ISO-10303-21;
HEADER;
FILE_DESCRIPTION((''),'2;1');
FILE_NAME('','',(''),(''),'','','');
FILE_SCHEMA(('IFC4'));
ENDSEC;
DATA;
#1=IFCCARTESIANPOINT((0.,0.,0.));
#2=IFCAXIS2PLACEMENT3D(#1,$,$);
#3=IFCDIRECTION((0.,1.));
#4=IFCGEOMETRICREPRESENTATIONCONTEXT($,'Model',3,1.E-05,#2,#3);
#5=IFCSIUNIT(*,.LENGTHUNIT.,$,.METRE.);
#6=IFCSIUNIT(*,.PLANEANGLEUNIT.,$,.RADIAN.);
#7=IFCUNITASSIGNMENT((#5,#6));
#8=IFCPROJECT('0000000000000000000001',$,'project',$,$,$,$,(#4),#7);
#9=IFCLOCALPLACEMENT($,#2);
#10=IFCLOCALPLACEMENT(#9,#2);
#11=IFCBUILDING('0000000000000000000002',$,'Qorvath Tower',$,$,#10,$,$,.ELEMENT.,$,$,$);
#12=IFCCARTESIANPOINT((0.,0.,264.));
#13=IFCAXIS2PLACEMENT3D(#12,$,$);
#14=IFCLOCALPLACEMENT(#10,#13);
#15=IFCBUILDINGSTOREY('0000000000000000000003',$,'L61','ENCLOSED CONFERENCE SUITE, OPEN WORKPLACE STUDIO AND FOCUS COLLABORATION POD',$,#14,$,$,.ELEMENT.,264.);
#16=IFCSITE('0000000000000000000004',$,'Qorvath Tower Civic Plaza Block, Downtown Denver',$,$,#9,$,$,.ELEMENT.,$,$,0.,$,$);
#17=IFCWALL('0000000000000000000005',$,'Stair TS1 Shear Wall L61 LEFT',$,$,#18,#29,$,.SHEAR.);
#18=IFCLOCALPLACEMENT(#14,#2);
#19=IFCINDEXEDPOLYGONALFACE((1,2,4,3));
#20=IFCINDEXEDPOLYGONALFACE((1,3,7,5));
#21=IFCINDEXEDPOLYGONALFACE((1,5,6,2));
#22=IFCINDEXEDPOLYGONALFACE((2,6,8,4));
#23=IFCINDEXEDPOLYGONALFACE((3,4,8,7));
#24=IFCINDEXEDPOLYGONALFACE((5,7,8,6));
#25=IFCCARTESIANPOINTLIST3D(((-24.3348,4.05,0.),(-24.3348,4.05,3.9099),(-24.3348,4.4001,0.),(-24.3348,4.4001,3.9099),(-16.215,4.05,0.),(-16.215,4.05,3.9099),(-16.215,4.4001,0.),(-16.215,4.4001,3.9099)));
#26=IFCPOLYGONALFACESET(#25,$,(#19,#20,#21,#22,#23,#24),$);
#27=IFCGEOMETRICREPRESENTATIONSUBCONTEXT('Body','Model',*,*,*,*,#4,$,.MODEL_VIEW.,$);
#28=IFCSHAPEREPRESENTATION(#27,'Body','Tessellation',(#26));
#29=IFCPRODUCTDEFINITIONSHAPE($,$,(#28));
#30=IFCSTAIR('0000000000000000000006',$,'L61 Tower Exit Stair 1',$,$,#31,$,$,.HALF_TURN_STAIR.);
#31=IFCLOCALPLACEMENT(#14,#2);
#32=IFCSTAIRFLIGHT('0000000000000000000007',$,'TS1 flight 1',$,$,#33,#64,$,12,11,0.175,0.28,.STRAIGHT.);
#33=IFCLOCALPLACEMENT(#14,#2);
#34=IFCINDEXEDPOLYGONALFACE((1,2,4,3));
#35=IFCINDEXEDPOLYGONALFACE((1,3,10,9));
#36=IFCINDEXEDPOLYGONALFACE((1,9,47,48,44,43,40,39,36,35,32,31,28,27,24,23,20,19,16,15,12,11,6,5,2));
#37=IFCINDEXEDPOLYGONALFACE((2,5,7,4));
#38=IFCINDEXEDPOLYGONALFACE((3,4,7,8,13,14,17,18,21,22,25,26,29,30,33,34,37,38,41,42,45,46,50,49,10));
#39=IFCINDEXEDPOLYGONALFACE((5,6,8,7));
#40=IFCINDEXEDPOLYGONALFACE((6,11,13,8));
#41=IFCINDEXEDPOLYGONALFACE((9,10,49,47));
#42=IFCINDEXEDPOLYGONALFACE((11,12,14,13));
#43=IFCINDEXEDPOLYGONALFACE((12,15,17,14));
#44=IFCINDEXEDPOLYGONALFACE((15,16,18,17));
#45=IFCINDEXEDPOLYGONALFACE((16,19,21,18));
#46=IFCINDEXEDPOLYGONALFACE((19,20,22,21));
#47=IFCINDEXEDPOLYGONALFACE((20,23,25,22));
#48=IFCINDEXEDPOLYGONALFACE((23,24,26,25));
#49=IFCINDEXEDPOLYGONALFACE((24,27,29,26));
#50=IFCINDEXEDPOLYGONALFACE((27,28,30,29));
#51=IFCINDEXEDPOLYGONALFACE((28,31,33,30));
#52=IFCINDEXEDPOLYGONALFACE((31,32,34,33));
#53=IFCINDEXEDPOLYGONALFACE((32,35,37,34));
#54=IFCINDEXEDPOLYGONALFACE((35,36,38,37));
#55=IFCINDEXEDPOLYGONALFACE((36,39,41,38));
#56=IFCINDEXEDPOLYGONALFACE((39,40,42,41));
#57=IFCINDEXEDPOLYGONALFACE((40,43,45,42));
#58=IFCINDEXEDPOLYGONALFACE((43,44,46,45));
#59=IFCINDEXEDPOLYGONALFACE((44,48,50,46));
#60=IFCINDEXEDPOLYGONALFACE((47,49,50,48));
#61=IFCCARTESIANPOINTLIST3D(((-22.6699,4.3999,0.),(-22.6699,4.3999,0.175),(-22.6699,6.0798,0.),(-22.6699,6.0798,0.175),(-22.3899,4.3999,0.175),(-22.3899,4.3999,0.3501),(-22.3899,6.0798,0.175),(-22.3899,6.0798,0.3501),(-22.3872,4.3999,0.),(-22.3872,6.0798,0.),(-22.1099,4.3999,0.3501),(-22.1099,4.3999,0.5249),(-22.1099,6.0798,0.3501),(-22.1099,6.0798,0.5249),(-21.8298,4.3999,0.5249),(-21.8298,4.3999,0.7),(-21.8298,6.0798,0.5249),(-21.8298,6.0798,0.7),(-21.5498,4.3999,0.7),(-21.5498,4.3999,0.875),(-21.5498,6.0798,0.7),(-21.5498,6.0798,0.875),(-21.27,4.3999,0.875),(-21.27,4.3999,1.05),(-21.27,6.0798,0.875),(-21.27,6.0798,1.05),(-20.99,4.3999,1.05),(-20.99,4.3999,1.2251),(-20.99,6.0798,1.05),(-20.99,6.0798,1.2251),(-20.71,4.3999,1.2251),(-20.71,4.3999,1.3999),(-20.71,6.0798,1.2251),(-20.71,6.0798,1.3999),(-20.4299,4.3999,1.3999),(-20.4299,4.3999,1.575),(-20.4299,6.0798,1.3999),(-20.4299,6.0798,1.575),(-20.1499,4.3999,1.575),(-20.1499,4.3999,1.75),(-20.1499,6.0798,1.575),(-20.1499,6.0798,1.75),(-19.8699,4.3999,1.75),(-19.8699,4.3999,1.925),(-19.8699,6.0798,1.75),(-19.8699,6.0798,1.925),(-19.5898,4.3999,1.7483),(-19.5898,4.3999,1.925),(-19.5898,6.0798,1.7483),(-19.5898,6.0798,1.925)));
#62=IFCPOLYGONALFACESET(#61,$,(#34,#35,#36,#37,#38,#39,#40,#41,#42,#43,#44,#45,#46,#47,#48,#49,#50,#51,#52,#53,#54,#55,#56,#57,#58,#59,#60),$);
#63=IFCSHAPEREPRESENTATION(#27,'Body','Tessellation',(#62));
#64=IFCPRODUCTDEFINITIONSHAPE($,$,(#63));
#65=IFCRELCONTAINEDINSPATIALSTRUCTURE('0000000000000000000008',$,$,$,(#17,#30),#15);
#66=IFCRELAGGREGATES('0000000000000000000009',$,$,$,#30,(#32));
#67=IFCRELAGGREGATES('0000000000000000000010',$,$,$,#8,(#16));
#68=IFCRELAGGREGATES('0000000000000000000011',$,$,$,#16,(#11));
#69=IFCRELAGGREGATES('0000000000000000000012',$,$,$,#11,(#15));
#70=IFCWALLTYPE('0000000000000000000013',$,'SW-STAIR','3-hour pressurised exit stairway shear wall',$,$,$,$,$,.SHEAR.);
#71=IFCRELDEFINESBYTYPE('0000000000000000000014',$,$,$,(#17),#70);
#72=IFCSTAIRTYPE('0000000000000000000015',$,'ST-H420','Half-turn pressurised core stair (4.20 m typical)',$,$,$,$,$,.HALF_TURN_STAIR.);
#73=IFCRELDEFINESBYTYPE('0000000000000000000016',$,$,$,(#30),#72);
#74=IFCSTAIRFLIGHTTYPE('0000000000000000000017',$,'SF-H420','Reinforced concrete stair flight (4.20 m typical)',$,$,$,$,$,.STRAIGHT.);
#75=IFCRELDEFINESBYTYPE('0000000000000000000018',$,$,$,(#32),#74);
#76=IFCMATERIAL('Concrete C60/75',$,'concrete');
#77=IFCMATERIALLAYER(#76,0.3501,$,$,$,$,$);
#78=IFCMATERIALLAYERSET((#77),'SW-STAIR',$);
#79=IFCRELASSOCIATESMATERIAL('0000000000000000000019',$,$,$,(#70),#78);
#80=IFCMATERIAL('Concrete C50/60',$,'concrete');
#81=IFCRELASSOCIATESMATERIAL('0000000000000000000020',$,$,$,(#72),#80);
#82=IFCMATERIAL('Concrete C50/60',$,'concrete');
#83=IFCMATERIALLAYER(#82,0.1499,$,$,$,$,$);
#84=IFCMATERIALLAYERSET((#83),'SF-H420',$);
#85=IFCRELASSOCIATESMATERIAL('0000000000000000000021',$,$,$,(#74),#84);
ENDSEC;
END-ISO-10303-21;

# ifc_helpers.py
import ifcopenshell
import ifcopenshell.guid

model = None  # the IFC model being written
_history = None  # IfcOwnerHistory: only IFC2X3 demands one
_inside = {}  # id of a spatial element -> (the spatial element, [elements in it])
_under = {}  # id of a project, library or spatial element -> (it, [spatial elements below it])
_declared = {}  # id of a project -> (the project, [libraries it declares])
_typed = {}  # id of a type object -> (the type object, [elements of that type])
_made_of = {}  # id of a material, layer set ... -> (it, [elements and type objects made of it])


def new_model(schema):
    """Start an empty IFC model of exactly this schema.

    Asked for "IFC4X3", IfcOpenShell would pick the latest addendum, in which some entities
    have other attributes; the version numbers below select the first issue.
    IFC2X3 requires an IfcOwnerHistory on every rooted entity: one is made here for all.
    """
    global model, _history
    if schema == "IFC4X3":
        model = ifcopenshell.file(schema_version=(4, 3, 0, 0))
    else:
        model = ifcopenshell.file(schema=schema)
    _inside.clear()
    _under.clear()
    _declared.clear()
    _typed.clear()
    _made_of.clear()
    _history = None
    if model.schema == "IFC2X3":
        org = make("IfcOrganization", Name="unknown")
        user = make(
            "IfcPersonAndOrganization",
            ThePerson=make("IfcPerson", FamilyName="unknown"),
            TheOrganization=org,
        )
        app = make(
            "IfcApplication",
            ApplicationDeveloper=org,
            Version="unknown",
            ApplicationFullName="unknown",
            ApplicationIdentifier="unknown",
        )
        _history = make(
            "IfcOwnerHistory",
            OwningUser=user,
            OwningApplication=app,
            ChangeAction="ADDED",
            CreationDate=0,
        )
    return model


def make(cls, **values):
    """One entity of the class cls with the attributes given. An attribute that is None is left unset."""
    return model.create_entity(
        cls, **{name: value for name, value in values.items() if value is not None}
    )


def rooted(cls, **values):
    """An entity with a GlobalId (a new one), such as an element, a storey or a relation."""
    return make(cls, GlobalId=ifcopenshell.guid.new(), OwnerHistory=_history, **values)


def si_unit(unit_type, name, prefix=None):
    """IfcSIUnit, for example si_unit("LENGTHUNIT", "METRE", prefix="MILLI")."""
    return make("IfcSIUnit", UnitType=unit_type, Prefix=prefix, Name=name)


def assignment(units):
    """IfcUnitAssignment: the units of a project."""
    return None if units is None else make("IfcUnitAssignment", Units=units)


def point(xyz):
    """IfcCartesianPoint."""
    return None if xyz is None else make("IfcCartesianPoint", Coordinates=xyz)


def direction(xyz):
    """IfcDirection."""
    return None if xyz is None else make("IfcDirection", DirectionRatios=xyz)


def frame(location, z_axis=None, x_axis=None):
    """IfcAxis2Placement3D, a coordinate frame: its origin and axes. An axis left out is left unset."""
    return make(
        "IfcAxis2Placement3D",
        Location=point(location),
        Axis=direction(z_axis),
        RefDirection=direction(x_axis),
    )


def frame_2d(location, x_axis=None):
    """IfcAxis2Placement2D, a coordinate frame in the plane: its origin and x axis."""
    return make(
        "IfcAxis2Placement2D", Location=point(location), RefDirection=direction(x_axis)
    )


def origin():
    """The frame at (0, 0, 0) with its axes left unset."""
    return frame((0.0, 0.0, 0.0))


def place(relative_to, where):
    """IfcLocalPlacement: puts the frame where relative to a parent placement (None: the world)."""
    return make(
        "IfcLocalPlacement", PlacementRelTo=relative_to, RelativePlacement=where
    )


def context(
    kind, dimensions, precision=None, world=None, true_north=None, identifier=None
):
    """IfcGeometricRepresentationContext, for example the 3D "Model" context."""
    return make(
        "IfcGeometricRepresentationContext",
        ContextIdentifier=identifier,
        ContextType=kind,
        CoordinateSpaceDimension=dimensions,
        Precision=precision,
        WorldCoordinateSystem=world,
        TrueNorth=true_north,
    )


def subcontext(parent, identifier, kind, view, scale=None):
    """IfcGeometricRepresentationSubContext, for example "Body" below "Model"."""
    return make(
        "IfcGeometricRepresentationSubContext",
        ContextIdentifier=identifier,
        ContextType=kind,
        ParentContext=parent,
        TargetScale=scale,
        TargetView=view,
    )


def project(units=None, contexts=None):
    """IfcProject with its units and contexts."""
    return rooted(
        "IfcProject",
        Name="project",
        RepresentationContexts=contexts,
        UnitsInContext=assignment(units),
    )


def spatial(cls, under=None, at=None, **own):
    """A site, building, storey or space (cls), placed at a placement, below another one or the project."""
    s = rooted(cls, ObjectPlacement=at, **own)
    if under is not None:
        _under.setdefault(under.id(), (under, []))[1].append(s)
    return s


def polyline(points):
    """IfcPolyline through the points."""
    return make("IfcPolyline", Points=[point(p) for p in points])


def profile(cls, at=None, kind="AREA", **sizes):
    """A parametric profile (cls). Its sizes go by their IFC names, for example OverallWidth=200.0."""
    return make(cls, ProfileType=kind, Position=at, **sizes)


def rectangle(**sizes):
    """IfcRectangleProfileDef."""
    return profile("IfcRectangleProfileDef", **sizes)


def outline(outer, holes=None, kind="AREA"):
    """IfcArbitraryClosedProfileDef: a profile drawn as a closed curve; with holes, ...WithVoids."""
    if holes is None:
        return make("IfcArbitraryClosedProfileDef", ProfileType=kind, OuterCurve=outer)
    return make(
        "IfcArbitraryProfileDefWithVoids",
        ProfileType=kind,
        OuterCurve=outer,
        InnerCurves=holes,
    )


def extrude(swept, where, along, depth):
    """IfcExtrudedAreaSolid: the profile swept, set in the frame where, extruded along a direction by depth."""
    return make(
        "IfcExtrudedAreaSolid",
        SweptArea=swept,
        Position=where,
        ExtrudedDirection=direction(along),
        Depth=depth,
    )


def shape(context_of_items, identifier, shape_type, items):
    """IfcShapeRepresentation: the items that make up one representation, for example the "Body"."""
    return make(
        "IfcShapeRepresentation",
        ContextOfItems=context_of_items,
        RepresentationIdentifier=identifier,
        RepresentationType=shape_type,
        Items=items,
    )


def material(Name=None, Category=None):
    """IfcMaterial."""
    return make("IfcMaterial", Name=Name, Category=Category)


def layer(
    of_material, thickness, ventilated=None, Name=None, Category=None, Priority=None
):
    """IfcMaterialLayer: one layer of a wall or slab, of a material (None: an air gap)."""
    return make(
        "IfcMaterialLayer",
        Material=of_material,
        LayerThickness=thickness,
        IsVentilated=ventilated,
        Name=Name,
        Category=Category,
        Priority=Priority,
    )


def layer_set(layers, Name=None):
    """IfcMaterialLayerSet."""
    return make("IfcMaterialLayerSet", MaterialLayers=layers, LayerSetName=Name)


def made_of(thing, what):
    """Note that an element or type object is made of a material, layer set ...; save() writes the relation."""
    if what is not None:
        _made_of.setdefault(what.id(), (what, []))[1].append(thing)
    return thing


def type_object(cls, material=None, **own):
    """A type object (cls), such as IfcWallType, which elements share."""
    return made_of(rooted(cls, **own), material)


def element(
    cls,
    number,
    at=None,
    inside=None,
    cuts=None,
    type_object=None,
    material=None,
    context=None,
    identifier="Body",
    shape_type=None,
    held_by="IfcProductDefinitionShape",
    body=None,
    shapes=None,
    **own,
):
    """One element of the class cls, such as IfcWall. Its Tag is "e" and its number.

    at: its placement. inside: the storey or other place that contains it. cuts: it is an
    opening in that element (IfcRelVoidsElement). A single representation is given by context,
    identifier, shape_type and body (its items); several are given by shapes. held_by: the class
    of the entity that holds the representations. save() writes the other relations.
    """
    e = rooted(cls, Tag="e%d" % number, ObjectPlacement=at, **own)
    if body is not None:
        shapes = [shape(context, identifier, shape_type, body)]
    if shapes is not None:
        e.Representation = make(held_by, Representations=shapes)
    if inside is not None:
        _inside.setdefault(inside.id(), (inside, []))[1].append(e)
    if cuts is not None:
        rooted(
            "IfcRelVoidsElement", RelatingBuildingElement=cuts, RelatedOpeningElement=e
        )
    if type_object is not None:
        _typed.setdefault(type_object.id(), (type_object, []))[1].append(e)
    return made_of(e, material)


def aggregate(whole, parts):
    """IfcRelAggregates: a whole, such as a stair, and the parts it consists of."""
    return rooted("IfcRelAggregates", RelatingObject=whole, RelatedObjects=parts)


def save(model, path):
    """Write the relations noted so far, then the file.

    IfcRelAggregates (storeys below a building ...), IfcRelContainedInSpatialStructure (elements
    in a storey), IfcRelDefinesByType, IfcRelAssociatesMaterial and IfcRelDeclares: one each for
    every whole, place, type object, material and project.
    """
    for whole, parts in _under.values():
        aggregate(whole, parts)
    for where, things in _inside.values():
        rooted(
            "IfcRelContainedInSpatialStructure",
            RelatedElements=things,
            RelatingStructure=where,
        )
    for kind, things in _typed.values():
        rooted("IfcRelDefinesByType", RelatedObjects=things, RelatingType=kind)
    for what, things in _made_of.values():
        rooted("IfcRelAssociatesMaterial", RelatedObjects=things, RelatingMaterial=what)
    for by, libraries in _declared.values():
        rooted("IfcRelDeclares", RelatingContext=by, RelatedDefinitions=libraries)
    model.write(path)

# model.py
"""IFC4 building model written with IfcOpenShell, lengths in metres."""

from ifc_helpers import new_model, si_unit, direction, frame, frame_2d, origin, place, context, subcontext, project, spatial, polyline, rectangle, outline, extrude, material, layer, layer_set, type_object, element, aggregate, save


model = new_model("IFC4")

# Units and contexts
model_context = context("Model", 3, precision=1e-05, world=origin(), true_north=direction((0.0, 1.0)))
body_context = subcontext(model_context, "Body", "Model", "MODEL_VIEW")
ifc_project = project(units=[si_unit("LENGTHUNIT", "METRE"), si_unit("PLANEANGLEUNIT", "RADIAN")], contexts=[model_context])

# Site, building, storey
site_placement = place(None, origin())
site = spatial("IfcSite", under=ifc_project, at=site_placement, Name="Qorvath Tower Civic Plaza Block, Downtown Denver", CompositionType="ELEMENT", RefElevation=0.0)
building_placement = place(site_placement, origin())
building = spatial("IfcBuilding", under=site, at=building_placement, Name="Qorvath Tower", CompositionType="ELEMENT")
storey_placement = place(building_placement, frame((0.0, 0.0, 264.0)))
storey = spatial("IfcBuildingStorey", under=building, at=storey_placement, Name="L61", Description="ENCLOSED CONFERENCE SUITE, OPEN WORKPLACE STUDIO AND FOCUS COLLABORATION POD", CompositionType="ELEMENT", Elevation=264.0)

# Wall
ifc_material_1 = material(Name="Concrete C60/75", Category="concrete")
ifc_layer_1 = layer(ifc_material_1, 0.3501)
ifc_layer_set_1 = layer_set([ifc_layer_1], Name="SW-STAIR")
wall_type_1 = type_object("IfcWallType", Name="SW-STAIR", Description="3-hour pressurised exit stairway shear wall", PredefinedType="SHEAR", material=ifc_layer_set_1)
wall_1_placement = place(storey_placement, frame((-24.335, 4.2251, 0.0), z_axis=(0.0, 0.0, 1.0), x_axis=(1.0, 0.0, 0.0)))
element("IfcWall", 1, at=wall_1_placement, inside=storey, type_object=wall_type_1, Name="Stair TS1 Shear Wall L61 LEFT", PredefinedType="SHEAR", context=body_context, shape_type="SweptSolid", body=[
    extrude(rectangle(XDim=8.1199, YDim=0.3501, at=frame_2d((4.0601, 0.0))), origin(), (0.0, 0.0, 1.0), 3.9099),
])

# Stair, stair flight
ifc_material_2 = material(Name="Concrete C50/60", Category="concrete")
stair_type = type_object("IfcStairType", Name="ST-H420", Description="Half-turn pressurised core stair (4.20 m typical)", PredefinedType="HALF_TURN_STAIR", material=ifc_material_2)
stair_placement = place(storey_placement, origin())
stair = element("IfcStair", 2, at=stair_placement, inside=storey, type_object=stair_type, Name="L61 Tower Exit Stair 1", PredefinedType="HALF_TURN_STAIR")
ifc_material_3 = material(Name="Concrete C50/60", Category="concrete")
ifc_layer_2 = layer(ifc_material_3, 0.1499)
ifc_layer_set_2 = layer_set([ifc_layer_2], Name="SF-H420")
stair_flight_type = type_object("IfcStairFlightType", Name="SF-H420", Description="Reinforced concrete stair flight (4.20 m typical)", PredefinedType="STRAIGHT", material=ifc_layer_set_2)
stair_flight_placement = place(storey_placement, frame((-22.6699, 5.24, 0.0), z_axis=(0.0, 0.0, 1.0), x_axis=(1.0, 0.0, 0.0)))
stair_flight = element("IfcStairFlight", 3, at=stair_flight_placement, type_object=stair_flight_type, Name="TS1 flight 1", NumberOfRisers=12, NumberOfTreads=11, PredefinedType="STRAIGHT", RiserHeight=0.175, TreadLength=0.28, context=body_context, shape_type="SweptSolid", body=[
    extrude(outline(polyline([(0.0, 0.0), (0.0, 0.175), (0.28, 0.175), (0.28, 0.3501), (0.5601, 0.3501), (0.5601, 0.5249), (0.8401, 0.5249), (0.8401, 0.7), (1.1201, 0.7), (1.1201, 0.875), (1.3999, 0.875), (1.3999, 1.05), (1.6799, 1.05), (1.6799, 1.2251), (1.96, 1.2251), (1.96, 1.3999), (2.24, 1.3999), (2.24, 1.575), (2.52, 1.575), (2.52, 1.75), (2.8, 1.75), (2.8, 1.925), (3.0801, 1.925), (3.0801, 2.1001), (3.0801, 1.7483), (0.2827, 0.0), (0.0, 0.0)])), frame((0.0, 0.8398, 0.0), z_axis=(0.0, -1.0, 0.0), x_axis=(1.0, 0.0, 0.0)), (0.0, 0.0, 1.0), 1.6799),
])
aggregate(stair, [stair_flight])

save(model, "model.ifc")
